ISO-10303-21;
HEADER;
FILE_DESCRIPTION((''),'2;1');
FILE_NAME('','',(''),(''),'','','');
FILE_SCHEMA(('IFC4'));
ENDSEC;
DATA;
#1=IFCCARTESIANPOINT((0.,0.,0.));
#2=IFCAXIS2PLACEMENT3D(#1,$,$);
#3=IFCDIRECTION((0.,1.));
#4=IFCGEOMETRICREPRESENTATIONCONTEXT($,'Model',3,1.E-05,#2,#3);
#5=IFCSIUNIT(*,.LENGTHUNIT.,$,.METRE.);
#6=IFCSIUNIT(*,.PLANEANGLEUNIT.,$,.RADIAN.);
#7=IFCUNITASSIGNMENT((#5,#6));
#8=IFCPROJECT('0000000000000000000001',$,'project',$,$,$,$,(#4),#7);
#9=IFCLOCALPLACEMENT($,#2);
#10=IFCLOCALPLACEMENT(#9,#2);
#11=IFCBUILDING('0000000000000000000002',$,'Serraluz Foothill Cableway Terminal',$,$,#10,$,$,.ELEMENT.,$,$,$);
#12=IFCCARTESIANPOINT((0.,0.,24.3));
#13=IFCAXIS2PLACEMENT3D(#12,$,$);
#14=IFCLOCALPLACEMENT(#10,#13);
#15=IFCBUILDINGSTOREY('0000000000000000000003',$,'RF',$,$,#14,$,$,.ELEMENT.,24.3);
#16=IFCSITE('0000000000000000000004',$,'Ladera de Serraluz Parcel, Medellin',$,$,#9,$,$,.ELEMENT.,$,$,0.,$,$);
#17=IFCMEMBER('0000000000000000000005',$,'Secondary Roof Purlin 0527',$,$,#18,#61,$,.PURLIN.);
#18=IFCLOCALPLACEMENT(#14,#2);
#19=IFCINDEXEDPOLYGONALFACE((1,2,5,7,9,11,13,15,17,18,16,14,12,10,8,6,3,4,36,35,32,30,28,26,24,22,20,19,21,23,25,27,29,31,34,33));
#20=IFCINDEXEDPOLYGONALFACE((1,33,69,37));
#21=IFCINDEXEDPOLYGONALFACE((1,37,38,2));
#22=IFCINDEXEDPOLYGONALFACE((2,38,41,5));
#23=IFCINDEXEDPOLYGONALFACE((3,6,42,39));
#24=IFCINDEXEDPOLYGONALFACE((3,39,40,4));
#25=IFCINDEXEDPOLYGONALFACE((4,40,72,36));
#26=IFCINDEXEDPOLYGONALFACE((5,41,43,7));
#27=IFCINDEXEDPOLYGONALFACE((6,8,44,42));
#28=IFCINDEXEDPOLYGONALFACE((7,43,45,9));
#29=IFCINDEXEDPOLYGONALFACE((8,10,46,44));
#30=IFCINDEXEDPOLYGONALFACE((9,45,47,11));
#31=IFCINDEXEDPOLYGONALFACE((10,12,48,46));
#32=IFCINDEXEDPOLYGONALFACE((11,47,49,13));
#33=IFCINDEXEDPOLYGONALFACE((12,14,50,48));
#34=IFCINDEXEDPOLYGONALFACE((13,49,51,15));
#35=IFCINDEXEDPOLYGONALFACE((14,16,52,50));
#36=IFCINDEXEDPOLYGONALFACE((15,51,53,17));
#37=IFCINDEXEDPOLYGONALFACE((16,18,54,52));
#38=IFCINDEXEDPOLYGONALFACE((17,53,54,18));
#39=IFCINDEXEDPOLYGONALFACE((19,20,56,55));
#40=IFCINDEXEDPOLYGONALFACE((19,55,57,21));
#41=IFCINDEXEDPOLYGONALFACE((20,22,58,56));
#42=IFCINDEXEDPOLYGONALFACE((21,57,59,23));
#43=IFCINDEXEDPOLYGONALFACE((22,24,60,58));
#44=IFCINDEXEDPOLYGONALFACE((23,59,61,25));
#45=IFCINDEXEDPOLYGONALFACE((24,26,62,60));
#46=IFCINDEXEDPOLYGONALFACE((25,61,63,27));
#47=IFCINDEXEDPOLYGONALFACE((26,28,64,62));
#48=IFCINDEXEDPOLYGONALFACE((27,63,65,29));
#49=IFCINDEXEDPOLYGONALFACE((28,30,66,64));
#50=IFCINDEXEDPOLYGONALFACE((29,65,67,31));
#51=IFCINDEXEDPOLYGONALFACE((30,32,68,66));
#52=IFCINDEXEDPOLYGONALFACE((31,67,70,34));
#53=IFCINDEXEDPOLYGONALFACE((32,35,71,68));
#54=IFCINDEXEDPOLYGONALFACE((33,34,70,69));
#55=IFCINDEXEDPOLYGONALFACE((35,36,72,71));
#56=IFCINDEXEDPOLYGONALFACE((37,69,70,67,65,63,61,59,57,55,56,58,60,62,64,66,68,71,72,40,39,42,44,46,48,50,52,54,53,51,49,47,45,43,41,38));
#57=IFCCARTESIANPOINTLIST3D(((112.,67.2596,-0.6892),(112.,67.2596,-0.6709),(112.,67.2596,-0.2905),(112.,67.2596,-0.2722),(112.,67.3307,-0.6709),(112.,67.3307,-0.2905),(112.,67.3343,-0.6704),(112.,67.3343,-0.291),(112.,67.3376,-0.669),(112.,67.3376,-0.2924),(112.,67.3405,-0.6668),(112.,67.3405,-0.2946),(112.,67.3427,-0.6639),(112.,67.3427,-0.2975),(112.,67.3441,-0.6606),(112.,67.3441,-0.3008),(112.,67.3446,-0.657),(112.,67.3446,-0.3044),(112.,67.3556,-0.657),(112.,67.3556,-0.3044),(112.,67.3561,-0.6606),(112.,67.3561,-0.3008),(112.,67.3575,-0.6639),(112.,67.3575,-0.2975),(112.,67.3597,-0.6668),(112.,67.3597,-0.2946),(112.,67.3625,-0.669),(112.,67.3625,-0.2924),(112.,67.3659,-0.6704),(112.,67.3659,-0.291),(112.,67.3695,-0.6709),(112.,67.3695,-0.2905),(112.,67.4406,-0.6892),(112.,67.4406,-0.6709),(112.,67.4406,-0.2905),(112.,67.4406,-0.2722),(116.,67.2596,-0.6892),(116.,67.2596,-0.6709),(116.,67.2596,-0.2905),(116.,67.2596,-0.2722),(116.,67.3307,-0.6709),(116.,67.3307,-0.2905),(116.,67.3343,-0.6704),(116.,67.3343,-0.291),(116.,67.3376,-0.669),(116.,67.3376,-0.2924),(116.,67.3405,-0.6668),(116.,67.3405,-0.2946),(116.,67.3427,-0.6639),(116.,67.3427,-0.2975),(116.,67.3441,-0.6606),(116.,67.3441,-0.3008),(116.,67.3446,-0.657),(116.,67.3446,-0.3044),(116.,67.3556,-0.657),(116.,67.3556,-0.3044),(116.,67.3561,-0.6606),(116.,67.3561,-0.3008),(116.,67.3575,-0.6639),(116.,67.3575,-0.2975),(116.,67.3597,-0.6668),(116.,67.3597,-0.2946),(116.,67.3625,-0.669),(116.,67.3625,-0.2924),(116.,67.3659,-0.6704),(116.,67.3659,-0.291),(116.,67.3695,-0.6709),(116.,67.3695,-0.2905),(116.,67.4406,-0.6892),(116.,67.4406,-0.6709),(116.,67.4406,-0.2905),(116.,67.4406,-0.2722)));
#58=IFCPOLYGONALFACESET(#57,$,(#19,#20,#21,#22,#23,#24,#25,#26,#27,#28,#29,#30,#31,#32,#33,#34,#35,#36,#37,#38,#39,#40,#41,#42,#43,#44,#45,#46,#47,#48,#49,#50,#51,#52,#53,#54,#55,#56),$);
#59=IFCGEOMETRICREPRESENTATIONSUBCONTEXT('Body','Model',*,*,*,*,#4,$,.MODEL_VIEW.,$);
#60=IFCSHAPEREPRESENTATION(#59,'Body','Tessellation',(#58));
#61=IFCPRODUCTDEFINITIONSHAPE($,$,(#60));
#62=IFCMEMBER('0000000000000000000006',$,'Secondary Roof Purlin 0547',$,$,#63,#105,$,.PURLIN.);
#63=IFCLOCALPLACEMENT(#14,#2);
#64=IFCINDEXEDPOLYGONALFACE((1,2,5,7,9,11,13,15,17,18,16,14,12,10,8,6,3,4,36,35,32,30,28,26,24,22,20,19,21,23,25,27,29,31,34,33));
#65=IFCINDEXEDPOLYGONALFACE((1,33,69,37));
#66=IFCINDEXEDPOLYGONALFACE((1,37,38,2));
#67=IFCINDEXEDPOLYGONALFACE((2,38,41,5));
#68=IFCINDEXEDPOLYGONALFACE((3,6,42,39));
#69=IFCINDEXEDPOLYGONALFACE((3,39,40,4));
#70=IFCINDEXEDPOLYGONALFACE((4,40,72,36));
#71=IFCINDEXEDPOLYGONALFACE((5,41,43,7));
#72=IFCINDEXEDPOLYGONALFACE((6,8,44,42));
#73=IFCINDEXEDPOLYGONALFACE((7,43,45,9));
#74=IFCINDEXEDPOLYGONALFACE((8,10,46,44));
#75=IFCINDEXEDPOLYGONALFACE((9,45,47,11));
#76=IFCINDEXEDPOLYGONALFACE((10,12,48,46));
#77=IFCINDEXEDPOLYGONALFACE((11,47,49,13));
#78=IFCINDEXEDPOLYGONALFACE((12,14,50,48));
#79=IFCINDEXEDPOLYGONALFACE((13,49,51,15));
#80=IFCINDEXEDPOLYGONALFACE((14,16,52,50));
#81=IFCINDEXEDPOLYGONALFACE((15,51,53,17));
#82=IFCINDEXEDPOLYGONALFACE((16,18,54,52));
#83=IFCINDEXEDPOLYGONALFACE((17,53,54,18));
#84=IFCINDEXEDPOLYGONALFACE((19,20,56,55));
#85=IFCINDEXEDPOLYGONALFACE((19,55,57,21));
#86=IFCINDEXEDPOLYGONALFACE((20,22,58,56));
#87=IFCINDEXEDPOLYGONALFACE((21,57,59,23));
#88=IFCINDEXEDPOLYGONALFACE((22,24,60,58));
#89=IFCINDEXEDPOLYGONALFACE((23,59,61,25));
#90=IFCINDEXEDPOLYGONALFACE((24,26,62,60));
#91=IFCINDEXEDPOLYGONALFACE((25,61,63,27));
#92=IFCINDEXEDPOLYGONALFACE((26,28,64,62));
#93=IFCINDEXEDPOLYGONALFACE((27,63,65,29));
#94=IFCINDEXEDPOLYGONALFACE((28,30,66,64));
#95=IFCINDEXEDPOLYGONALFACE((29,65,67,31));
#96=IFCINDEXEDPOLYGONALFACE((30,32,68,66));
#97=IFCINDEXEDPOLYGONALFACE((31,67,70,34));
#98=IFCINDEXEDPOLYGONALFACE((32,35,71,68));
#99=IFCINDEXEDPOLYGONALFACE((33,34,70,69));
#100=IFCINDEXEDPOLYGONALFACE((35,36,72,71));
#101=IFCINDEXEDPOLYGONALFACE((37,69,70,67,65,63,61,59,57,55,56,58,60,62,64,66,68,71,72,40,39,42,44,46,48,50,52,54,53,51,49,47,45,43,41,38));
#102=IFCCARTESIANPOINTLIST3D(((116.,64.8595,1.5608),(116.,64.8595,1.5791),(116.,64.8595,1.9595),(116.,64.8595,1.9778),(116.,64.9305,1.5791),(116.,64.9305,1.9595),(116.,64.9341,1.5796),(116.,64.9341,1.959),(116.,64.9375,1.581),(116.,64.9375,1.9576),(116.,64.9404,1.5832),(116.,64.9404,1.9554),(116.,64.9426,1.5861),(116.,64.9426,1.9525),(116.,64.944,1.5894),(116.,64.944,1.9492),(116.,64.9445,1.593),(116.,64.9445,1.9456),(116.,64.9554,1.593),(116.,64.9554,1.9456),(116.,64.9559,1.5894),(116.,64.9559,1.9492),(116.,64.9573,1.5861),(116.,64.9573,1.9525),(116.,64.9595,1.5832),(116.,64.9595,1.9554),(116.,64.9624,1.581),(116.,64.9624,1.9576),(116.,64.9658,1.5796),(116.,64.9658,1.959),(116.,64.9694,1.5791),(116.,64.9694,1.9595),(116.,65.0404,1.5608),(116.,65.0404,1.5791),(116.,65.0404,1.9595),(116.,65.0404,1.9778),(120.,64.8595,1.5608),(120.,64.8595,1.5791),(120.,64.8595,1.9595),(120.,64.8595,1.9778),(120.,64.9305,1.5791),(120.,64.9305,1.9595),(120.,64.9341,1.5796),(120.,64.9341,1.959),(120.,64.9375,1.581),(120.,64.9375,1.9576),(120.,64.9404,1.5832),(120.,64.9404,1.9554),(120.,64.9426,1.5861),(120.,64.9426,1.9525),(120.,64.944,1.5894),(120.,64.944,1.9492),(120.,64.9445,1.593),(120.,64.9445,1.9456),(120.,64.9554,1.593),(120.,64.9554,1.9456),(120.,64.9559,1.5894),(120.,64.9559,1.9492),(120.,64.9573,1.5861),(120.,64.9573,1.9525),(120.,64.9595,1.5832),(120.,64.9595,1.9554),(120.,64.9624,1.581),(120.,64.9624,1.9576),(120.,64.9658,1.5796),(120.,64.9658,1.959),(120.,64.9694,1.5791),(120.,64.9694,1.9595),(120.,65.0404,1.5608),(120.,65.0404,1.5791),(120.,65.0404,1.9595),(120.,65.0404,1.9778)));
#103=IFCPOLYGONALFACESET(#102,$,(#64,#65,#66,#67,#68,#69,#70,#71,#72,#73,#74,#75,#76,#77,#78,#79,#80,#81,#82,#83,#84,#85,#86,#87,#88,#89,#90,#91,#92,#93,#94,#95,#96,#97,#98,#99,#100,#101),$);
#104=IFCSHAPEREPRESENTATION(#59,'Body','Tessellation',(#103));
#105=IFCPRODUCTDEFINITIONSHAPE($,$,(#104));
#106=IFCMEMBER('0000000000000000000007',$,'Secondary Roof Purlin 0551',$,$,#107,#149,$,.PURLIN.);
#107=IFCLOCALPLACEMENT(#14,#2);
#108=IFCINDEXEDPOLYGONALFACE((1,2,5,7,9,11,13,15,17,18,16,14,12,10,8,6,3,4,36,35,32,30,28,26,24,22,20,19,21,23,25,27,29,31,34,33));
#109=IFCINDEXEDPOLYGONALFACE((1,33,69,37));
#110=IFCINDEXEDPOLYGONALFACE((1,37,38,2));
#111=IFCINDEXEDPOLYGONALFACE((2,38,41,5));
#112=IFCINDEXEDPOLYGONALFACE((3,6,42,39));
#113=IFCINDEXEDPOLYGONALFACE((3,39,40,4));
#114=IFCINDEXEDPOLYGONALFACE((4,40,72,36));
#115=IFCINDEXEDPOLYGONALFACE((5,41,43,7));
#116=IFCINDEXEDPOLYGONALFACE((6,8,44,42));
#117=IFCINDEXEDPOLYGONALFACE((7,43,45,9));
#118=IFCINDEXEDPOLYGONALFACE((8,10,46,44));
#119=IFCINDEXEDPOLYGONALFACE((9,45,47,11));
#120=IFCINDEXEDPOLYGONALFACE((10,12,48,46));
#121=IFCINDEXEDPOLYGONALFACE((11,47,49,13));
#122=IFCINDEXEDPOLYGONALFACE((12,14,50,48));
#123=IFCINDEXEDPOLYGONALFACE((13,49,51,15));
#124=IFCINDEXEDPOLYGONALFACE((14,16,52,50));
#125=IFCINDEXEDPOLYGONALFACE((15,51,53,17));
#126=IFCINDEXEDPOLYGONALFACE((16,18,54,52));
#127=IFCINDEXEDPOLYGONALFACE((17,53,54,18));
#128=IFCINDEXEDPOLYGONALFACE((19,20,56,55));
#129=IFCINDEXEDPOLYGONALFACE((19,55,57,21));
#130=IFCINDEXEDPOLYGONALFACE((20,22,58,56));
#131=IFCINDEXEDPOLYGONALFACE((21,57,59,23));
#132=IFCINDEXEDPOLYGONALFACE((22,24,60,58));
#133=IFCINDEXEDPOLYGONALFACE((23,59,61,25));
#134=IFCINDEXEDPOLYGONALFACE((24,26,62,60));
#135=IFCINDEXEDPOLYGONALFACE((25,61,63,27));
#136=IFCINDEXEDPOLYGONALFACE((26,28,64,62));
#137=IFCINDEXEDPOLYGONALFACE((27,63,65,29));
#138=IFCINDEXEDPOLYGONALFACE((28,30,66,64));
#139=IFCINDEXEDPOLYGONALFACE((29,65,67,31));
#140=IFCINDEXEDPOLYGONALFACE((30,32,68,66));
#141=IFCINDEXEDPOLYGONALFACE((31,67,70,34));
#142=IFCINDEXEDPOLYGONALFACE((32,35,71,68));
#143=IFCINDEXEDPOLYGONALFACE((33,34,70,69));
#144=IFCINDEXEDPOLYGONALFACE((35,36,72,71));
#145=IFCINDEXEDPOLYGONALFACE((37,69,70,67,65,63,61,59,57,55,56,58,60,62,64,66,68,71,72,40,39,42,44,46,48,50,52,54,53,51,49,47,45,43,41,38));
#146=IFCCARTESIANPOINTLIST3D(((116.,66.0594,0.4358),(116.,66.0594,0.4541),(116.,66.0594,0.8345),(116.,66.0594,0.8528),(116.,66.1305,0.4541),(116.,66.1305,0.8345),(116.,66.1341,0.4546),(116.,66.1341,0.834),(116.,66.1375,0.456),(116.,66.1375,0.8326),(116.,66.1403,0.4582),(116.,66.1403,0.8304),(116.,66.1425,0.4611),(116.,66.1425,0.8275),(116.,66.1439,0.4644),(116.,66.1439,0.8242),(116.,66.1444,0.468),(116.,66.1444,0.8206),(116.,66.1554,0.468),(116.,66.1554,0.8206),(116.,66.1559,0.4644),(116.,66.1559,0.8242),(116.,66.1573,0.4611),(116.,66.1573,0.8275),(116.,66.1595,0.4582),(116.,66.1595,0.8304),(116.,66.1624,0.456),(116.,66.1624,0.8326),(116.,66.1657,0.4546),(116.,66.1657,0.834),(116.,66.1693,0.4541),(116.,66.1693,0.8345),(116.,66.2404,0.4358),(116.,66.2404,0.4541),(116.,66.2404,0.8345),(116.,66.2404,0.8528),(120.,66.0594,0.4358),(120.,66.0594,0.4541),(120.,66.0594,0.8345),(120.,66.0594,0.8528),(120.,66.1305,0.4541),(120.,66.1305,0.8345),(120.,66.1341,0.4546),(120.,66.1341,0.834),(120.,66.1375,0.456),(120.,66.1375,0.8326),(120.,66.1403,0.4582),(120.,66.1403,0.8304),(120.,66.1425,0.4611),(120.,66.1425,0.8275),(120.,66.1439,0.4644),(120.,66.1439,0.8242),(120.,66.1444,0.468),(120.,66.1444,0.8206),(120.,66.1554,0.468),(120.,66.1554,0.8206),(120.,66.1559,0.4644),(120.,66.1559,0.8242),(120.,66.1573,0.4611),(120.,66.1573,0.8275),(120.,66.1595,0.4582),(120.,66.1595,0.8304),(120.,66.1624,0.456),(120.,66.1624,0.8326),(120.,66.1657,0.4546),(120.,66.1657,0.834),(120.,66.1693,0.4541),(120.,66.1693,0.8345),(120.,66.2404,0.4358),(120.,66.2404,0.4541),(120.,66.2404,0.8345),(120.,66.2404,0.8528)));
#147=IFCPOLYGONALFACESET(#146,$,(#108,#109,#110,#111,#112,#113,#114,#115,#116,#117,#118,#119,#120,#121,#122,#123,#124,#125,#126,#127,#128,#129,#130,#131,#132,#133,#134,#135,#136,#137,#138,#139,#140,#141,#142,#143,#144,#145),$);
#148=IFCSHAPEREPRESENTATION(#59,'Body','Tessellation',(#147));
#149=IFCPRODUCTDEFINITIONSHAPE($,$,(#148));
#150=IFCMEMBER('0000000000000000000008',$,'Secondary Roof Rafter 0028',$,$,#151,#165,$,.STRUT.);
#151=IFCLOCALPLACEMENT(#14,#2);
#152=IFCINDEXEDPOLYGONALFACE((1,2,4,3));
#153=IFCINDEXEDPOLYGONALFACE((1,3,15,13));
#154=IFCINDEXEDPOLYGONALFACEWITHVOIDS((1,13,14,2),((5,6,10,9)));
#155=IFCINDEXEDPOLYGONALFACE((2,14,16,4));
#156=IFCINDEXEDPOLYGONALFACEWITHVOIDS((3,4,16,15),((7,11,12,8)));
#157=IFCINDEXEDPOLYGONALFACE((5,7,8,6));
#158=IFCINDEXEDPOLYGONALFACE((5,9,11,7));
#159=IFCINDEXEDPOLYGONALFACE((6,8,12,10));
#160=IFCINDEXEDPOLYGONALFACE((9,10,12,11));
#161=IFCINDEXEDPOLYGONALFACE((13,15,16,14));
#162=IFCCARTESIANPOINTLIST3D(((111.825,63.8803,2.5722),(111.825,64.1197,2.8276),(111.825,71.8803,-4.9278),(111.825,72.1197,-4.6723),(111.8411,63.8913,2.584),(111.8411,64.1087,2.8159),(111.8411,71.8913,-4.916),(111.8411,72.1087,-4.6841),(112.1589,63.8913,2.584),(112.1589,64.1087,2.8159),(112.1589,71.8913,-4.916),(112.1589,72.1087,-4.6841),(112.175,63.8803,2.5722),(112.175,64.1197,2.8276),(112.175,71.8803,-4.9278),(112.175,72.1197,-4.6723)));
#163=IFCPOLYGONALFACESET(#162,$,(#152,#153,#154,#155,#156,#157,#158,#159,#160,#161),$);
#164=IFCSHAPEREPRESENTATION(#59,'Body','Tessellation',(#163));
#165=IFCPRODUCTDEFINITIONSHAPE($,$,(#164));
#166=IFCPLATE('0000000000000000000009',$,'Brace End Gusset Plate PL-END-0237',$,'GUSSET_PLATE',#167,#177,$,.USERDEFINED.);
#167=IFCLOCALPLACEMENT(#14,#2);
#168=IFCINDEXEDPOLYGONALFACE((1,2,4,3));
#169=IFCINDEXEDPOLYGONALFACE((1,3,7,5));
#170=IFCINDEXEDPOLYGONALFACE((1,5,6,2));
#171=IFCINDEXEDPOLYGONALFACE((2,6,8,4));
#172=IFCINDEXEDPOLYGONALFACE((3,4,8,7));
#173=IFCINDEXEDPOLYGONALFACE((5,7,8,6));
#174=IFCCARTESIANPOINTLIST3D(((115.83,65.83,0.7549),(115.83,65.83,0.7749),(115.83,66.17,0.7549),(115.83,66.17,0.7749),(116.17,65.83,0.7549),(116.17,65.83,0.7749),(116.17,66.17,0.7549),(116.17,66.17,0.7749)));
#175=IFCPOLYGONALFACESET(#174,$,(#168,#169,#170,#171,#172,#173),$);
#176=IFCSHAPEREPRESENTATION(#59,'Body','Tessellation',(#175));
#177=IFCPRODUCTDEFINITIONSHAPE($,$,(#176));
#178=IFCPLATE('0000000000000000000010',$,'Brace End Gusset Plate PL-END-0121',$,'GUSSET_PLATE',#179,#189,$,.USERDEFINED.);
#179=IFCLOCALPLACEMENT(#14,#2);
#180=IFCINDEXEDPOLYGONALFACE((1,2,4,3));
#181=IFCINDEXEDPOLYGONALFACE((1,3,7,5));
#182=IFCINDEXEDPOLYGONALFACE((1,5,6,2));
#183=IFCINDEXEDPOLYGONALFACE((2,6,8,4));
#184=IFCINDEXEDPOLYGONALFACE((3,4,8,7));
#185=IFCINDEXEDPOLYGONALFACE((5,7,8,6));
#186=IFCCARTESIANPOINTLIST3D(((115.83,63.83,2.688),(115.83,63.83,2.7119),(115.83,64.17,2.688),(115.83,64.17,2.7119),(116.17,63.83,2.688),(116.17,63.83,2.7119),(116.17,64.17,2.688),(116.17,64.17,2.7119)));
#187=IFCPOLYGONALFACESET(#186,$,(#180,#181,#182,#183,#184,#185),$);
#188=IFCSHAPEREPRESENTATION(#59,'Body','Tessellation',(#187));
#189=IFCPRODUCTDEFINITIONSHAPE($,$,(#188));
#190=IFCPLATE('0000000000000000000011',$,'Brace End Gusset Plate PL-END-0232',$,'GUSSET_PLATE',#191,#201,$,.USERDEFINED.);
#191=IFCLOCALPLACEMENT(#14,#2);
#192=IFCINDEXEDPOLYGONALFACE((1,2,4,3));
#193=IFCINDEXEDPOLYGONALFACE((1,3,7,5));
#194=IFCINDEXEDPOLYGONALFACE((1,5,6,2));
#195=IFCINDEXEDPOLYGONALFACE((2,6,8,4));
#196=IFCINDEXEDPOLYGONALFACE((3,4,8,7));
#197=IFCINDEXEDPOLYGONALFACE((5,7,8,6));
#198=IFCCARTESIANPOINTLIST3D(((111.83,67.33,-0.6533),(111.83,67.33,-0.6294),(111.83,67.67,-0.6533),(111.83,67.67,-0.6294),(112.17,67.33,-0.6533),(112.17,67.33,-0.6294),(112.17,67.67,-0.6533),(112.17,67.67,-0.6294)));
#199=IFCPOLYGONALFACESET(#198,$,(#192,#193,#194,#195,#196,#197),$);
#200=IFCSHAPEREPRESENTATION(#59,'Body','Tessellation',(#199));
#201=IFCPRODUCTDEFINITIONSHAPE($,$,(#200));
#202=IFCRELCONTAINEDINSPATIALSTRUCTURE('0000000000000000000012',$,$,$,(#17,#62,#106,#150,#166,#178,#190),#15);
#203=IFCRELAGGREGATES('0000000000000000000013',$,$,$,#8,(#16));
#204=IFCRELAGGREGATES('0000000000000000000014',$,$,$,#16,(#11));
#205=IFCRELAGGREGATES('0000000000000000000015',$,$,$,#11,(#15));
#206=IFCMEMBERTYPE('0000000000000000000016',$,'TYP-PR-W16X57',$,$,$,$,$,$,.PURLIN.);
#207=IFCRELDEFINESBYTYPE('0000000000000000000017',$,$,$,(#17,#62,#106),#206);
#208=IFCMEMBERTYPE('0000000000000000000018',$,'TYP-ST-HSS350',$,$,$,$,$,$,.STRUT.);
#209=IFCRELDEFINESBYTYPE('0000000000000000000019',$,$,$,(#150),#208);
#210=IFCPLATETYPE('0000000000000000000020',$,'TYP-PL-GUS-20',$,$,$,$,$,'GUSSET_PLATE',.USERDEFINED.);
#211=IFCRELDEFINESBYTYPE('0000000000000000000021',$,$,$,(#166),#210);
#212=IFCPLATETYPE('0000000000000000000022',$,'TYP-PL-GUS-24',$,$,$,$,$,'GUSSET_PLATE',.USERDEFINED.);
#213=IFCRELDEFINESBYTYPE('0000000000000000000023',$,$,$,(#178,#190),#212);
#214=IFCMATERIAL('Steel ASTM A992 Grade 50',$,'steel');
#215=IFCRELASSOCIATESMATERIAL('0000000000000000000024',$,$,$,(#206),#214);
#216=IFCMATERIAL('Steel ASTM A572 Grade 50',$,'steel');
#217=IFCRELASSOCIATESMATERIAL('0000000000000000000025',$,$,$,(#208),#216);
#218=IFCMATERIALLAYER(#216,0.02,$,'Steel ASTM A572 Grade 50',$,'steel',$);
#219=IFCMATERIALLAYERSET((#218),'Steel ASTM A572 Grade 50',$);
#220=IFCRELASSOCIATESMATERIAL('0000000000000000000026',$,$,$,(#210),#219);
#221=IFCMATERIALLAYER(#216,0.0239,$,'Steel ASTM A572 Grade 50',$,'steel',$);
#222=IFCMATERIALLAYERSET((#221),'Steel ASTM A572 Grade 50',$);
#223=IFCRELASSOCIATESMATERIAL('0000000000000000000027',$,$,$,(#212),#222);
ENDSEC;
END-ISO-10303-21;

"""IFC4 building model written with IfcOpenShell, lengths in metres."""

from ifc_helpers import new_model, si_unit, direction, frame, origin, origin_2d, place, context, subcontext, project, spatial, rectangle, hollow_rectangle, i_section, extrude, material, layer, layer_set, material_profile, profile_set, type_object, element, save


model = new_model("IFC4")

# Units and contexts
model_context = context("Model", 3, precision=1e-05, world=origin(), true_north=direction((0.0, 1.0)))
body_context = subcontext(model_context, "Body", "Model", "MODEL_VIEW")
ifc_project = project(units=[si_unit("LENGTHUNIT", "METRE"), si_unit("PLANEANGLEUNIT", "RADIAN")], contexts=[model_context])

# Site, building, storey
site_placement = place(None, origin())
site = spatial("IfcSite", under=ifc_project, at=site_placement, Name="Ladera de Serraluz Parcel, Medellin", CompositionType="ELEMENT", RefElevation=0.0)
building_placement = place(site_placement, origin())
building = spatial("IfcBuilding", under=site, at=building_placement, Name="Serraluz Foothill Cableway Terminal", CompositionType="ELEMENT")
storey_placement = place(building_placement, frame((0.0, 0.0, 24.3)))
storey = spatial("IfcBuildingStorey", under=building, at=storey_placement, Name="RF", CompositionType="ELEMENT", Elevation=24.3)

# Members
ifc_material_1 = material(Name="Steel ASTM A572 Grade 50", Category="steel")
ifc_material_2 = material(Name="Steel ASTM A992 Grade 50", Category="steel")
ifc_material_profile_1 = material_profile(ifc_material_2, i_section(OverallWidth=0.1809, OverallDepth=0.417, WebThickness=0.011, FlangeThickness=0.0183, FilletRadius=0.0139, at=origin_2d()), Name="W16X57")
ifc_profile_set_1 = profile_set([ifc_material_profile_1], Name="Steel ASTM A992 Grade 50")
member_type_1 = type_object("IfcMemberType", Name="TYP-PR-W16X57", PredefinedType="PURLIN", material=ifc_profile_set_1)
for number, where, z_axis, x_axis, name in (
    (1, (112.0, 67.3501, -0.4807), (1.0, 0.0, 0.0), (0.0, 1.0, 0.0), "Secondary Roof Purlin 0527"),
    (2, (116.0, 64.95, 1.7693), (1.0, 0.0, 0.0), (0.0, 1.0, 0.0), "Secondary Roof Purlin 0547"),
    (3, (116.0, 66.1499, 0.6443), (1.0, 0.0, 0.0), (0.0, 1.0, 0.0), "Secondary Roof Purlin 0551"),
):
    element("IfcMember", number, at=place(storey_placement, frame(where, z_axis=z_axis, x_axis=x_axis)), inside=storey, type_object=member_type_1, Name=name, PredefinedType="PURLIN", context=body_context, shape_type="SweptSolid", body=[
        extrude(i_section(OverallWidth=0.1809, OverallDepth=0.417, WebThickness=0.011, FlangeThickness=0.0183, FilletRadius=0.0139, at=origin_2d()), origin(), (0.0, 0.0, 1.0), 4.0),
    ])
ifc_material_profile_2 = material_profile(ifc_material_1, hollow_rectangle(XDim=0.3501, YDim=0.3501, WallThickness=0.0161, at=origin_2d()), Name="HSS350X350X16")
ifc_profile_set_2 = profile_set([ifc_material_profile_2], Name="Steel ASTM A572 Grade 50")
member_type_2 = type_object("IfcMemberType", Name="TYP-ST-HSS350", PredefinedType="STRUT", material=ifc_profile_set_2)
member_placement = place(storey_placement, frame((112.0, 72.0, -4.8), z_axis=(0.0, -0.729537, 0.683941), x_axis=(1.0, 0.0, 0.0)))
element("IfcMember", 4, at=member_placement, inside=storey, type_object=member_type_2, Name="Secondary Roof Rafter 0028", PredefinedType="STRUT", context=body_context, shape_type="SweptSolid", body=[
    extrude(hollow_rectangle(XDim=0.3501, YDim=0.3501, WallThickness=0.0161, at=origin_2d()), origin(), (0.0, 0.0, 1.0), 10.9658),
])

# Plates
ifc_layer_1 = layer(ifc_material_1, 0.02, Name="Steel ASTM A572 Grade 50", Category="steel")
ifc_layer_set_1 = layer_set([ifc_layer_1], Name="Steel ASTM A572 Grade 50")
plate_type_1 = type_object("IfcPlateType", Name="TYP-PL-GUS-20", ElementType="GUSSET_PLATE", PredefinedType="USERDEFINED", material=ifc_layer_set_1)
plate_1_placement = place(storey_placement, frame((116.0, 66.0, 0.7549), z_axis=(0.0, 0.0, 1.0), x_axis=(1.0, 0.0, 0.0)))
element("IfcPlate", 5, at=plate_1_placement, inside=storey, type_object=plate_type_1, Name="Brace End Gusset Plate PL-END-0237", ObjectType="GUSSET_PLATE", PredefinedType="USERDEFINED", context=body_context, shape_type="SweptSolid", body=[
    extrude(rectangle(XDim=0.3401, YDim=0.3401, at=origin_2d()), origin(), (0.0, 0.0, 1.0), 0.02),
])
ifc_layer_2 = layer(ifc_material_1, 0.0239, Name="Steel ASTM A572 Grade 50", Category="steel")
ifc_layer_set_2 = layer_set([ifc_layer_2], Name="Steel ASTM A572 Grade 50")
plate_type_2 = type_object("IfcPlateType", Name="TYP-PL-GUS-24", ElementType="GUSSET_PLATE", PredefinedType="USERDEFINED", material=ifc_layer_set_2)
for number, where, z_axis, x_axis, name in (
    (6, (116.0, 64.0, 2.688), (0.0, 0.0, 1.0), (1.0, 0.0, 0.0), "Brace End Gusset Plate PL-END-0121"),
    (7, (112.0, 67.5, -0.6533), (0.0, 0.0, 1.0), (1.0, 0.0, 0.0), "Brace End Gusset Plate PL-END-0232"),
):
    element("IfcPlate", number, at=place(storey_placement, frame(where, z_axis=z_axis, x_axis=x_axis)), inside=storey, type_object=plate_type_2, Name=name, ObjectType="GUSSET_PLATE", PredefinedType="USERDEFINED", context=body_context, shape_type="SweptSolid", body=[
        extrude(rectangle(XDim=0.3401, YDim=0.3401, at=origin_2d()), origin(), (0.0, 0.0, 1.0), 0.0239),
    ])

save(model, "model.ifc")
